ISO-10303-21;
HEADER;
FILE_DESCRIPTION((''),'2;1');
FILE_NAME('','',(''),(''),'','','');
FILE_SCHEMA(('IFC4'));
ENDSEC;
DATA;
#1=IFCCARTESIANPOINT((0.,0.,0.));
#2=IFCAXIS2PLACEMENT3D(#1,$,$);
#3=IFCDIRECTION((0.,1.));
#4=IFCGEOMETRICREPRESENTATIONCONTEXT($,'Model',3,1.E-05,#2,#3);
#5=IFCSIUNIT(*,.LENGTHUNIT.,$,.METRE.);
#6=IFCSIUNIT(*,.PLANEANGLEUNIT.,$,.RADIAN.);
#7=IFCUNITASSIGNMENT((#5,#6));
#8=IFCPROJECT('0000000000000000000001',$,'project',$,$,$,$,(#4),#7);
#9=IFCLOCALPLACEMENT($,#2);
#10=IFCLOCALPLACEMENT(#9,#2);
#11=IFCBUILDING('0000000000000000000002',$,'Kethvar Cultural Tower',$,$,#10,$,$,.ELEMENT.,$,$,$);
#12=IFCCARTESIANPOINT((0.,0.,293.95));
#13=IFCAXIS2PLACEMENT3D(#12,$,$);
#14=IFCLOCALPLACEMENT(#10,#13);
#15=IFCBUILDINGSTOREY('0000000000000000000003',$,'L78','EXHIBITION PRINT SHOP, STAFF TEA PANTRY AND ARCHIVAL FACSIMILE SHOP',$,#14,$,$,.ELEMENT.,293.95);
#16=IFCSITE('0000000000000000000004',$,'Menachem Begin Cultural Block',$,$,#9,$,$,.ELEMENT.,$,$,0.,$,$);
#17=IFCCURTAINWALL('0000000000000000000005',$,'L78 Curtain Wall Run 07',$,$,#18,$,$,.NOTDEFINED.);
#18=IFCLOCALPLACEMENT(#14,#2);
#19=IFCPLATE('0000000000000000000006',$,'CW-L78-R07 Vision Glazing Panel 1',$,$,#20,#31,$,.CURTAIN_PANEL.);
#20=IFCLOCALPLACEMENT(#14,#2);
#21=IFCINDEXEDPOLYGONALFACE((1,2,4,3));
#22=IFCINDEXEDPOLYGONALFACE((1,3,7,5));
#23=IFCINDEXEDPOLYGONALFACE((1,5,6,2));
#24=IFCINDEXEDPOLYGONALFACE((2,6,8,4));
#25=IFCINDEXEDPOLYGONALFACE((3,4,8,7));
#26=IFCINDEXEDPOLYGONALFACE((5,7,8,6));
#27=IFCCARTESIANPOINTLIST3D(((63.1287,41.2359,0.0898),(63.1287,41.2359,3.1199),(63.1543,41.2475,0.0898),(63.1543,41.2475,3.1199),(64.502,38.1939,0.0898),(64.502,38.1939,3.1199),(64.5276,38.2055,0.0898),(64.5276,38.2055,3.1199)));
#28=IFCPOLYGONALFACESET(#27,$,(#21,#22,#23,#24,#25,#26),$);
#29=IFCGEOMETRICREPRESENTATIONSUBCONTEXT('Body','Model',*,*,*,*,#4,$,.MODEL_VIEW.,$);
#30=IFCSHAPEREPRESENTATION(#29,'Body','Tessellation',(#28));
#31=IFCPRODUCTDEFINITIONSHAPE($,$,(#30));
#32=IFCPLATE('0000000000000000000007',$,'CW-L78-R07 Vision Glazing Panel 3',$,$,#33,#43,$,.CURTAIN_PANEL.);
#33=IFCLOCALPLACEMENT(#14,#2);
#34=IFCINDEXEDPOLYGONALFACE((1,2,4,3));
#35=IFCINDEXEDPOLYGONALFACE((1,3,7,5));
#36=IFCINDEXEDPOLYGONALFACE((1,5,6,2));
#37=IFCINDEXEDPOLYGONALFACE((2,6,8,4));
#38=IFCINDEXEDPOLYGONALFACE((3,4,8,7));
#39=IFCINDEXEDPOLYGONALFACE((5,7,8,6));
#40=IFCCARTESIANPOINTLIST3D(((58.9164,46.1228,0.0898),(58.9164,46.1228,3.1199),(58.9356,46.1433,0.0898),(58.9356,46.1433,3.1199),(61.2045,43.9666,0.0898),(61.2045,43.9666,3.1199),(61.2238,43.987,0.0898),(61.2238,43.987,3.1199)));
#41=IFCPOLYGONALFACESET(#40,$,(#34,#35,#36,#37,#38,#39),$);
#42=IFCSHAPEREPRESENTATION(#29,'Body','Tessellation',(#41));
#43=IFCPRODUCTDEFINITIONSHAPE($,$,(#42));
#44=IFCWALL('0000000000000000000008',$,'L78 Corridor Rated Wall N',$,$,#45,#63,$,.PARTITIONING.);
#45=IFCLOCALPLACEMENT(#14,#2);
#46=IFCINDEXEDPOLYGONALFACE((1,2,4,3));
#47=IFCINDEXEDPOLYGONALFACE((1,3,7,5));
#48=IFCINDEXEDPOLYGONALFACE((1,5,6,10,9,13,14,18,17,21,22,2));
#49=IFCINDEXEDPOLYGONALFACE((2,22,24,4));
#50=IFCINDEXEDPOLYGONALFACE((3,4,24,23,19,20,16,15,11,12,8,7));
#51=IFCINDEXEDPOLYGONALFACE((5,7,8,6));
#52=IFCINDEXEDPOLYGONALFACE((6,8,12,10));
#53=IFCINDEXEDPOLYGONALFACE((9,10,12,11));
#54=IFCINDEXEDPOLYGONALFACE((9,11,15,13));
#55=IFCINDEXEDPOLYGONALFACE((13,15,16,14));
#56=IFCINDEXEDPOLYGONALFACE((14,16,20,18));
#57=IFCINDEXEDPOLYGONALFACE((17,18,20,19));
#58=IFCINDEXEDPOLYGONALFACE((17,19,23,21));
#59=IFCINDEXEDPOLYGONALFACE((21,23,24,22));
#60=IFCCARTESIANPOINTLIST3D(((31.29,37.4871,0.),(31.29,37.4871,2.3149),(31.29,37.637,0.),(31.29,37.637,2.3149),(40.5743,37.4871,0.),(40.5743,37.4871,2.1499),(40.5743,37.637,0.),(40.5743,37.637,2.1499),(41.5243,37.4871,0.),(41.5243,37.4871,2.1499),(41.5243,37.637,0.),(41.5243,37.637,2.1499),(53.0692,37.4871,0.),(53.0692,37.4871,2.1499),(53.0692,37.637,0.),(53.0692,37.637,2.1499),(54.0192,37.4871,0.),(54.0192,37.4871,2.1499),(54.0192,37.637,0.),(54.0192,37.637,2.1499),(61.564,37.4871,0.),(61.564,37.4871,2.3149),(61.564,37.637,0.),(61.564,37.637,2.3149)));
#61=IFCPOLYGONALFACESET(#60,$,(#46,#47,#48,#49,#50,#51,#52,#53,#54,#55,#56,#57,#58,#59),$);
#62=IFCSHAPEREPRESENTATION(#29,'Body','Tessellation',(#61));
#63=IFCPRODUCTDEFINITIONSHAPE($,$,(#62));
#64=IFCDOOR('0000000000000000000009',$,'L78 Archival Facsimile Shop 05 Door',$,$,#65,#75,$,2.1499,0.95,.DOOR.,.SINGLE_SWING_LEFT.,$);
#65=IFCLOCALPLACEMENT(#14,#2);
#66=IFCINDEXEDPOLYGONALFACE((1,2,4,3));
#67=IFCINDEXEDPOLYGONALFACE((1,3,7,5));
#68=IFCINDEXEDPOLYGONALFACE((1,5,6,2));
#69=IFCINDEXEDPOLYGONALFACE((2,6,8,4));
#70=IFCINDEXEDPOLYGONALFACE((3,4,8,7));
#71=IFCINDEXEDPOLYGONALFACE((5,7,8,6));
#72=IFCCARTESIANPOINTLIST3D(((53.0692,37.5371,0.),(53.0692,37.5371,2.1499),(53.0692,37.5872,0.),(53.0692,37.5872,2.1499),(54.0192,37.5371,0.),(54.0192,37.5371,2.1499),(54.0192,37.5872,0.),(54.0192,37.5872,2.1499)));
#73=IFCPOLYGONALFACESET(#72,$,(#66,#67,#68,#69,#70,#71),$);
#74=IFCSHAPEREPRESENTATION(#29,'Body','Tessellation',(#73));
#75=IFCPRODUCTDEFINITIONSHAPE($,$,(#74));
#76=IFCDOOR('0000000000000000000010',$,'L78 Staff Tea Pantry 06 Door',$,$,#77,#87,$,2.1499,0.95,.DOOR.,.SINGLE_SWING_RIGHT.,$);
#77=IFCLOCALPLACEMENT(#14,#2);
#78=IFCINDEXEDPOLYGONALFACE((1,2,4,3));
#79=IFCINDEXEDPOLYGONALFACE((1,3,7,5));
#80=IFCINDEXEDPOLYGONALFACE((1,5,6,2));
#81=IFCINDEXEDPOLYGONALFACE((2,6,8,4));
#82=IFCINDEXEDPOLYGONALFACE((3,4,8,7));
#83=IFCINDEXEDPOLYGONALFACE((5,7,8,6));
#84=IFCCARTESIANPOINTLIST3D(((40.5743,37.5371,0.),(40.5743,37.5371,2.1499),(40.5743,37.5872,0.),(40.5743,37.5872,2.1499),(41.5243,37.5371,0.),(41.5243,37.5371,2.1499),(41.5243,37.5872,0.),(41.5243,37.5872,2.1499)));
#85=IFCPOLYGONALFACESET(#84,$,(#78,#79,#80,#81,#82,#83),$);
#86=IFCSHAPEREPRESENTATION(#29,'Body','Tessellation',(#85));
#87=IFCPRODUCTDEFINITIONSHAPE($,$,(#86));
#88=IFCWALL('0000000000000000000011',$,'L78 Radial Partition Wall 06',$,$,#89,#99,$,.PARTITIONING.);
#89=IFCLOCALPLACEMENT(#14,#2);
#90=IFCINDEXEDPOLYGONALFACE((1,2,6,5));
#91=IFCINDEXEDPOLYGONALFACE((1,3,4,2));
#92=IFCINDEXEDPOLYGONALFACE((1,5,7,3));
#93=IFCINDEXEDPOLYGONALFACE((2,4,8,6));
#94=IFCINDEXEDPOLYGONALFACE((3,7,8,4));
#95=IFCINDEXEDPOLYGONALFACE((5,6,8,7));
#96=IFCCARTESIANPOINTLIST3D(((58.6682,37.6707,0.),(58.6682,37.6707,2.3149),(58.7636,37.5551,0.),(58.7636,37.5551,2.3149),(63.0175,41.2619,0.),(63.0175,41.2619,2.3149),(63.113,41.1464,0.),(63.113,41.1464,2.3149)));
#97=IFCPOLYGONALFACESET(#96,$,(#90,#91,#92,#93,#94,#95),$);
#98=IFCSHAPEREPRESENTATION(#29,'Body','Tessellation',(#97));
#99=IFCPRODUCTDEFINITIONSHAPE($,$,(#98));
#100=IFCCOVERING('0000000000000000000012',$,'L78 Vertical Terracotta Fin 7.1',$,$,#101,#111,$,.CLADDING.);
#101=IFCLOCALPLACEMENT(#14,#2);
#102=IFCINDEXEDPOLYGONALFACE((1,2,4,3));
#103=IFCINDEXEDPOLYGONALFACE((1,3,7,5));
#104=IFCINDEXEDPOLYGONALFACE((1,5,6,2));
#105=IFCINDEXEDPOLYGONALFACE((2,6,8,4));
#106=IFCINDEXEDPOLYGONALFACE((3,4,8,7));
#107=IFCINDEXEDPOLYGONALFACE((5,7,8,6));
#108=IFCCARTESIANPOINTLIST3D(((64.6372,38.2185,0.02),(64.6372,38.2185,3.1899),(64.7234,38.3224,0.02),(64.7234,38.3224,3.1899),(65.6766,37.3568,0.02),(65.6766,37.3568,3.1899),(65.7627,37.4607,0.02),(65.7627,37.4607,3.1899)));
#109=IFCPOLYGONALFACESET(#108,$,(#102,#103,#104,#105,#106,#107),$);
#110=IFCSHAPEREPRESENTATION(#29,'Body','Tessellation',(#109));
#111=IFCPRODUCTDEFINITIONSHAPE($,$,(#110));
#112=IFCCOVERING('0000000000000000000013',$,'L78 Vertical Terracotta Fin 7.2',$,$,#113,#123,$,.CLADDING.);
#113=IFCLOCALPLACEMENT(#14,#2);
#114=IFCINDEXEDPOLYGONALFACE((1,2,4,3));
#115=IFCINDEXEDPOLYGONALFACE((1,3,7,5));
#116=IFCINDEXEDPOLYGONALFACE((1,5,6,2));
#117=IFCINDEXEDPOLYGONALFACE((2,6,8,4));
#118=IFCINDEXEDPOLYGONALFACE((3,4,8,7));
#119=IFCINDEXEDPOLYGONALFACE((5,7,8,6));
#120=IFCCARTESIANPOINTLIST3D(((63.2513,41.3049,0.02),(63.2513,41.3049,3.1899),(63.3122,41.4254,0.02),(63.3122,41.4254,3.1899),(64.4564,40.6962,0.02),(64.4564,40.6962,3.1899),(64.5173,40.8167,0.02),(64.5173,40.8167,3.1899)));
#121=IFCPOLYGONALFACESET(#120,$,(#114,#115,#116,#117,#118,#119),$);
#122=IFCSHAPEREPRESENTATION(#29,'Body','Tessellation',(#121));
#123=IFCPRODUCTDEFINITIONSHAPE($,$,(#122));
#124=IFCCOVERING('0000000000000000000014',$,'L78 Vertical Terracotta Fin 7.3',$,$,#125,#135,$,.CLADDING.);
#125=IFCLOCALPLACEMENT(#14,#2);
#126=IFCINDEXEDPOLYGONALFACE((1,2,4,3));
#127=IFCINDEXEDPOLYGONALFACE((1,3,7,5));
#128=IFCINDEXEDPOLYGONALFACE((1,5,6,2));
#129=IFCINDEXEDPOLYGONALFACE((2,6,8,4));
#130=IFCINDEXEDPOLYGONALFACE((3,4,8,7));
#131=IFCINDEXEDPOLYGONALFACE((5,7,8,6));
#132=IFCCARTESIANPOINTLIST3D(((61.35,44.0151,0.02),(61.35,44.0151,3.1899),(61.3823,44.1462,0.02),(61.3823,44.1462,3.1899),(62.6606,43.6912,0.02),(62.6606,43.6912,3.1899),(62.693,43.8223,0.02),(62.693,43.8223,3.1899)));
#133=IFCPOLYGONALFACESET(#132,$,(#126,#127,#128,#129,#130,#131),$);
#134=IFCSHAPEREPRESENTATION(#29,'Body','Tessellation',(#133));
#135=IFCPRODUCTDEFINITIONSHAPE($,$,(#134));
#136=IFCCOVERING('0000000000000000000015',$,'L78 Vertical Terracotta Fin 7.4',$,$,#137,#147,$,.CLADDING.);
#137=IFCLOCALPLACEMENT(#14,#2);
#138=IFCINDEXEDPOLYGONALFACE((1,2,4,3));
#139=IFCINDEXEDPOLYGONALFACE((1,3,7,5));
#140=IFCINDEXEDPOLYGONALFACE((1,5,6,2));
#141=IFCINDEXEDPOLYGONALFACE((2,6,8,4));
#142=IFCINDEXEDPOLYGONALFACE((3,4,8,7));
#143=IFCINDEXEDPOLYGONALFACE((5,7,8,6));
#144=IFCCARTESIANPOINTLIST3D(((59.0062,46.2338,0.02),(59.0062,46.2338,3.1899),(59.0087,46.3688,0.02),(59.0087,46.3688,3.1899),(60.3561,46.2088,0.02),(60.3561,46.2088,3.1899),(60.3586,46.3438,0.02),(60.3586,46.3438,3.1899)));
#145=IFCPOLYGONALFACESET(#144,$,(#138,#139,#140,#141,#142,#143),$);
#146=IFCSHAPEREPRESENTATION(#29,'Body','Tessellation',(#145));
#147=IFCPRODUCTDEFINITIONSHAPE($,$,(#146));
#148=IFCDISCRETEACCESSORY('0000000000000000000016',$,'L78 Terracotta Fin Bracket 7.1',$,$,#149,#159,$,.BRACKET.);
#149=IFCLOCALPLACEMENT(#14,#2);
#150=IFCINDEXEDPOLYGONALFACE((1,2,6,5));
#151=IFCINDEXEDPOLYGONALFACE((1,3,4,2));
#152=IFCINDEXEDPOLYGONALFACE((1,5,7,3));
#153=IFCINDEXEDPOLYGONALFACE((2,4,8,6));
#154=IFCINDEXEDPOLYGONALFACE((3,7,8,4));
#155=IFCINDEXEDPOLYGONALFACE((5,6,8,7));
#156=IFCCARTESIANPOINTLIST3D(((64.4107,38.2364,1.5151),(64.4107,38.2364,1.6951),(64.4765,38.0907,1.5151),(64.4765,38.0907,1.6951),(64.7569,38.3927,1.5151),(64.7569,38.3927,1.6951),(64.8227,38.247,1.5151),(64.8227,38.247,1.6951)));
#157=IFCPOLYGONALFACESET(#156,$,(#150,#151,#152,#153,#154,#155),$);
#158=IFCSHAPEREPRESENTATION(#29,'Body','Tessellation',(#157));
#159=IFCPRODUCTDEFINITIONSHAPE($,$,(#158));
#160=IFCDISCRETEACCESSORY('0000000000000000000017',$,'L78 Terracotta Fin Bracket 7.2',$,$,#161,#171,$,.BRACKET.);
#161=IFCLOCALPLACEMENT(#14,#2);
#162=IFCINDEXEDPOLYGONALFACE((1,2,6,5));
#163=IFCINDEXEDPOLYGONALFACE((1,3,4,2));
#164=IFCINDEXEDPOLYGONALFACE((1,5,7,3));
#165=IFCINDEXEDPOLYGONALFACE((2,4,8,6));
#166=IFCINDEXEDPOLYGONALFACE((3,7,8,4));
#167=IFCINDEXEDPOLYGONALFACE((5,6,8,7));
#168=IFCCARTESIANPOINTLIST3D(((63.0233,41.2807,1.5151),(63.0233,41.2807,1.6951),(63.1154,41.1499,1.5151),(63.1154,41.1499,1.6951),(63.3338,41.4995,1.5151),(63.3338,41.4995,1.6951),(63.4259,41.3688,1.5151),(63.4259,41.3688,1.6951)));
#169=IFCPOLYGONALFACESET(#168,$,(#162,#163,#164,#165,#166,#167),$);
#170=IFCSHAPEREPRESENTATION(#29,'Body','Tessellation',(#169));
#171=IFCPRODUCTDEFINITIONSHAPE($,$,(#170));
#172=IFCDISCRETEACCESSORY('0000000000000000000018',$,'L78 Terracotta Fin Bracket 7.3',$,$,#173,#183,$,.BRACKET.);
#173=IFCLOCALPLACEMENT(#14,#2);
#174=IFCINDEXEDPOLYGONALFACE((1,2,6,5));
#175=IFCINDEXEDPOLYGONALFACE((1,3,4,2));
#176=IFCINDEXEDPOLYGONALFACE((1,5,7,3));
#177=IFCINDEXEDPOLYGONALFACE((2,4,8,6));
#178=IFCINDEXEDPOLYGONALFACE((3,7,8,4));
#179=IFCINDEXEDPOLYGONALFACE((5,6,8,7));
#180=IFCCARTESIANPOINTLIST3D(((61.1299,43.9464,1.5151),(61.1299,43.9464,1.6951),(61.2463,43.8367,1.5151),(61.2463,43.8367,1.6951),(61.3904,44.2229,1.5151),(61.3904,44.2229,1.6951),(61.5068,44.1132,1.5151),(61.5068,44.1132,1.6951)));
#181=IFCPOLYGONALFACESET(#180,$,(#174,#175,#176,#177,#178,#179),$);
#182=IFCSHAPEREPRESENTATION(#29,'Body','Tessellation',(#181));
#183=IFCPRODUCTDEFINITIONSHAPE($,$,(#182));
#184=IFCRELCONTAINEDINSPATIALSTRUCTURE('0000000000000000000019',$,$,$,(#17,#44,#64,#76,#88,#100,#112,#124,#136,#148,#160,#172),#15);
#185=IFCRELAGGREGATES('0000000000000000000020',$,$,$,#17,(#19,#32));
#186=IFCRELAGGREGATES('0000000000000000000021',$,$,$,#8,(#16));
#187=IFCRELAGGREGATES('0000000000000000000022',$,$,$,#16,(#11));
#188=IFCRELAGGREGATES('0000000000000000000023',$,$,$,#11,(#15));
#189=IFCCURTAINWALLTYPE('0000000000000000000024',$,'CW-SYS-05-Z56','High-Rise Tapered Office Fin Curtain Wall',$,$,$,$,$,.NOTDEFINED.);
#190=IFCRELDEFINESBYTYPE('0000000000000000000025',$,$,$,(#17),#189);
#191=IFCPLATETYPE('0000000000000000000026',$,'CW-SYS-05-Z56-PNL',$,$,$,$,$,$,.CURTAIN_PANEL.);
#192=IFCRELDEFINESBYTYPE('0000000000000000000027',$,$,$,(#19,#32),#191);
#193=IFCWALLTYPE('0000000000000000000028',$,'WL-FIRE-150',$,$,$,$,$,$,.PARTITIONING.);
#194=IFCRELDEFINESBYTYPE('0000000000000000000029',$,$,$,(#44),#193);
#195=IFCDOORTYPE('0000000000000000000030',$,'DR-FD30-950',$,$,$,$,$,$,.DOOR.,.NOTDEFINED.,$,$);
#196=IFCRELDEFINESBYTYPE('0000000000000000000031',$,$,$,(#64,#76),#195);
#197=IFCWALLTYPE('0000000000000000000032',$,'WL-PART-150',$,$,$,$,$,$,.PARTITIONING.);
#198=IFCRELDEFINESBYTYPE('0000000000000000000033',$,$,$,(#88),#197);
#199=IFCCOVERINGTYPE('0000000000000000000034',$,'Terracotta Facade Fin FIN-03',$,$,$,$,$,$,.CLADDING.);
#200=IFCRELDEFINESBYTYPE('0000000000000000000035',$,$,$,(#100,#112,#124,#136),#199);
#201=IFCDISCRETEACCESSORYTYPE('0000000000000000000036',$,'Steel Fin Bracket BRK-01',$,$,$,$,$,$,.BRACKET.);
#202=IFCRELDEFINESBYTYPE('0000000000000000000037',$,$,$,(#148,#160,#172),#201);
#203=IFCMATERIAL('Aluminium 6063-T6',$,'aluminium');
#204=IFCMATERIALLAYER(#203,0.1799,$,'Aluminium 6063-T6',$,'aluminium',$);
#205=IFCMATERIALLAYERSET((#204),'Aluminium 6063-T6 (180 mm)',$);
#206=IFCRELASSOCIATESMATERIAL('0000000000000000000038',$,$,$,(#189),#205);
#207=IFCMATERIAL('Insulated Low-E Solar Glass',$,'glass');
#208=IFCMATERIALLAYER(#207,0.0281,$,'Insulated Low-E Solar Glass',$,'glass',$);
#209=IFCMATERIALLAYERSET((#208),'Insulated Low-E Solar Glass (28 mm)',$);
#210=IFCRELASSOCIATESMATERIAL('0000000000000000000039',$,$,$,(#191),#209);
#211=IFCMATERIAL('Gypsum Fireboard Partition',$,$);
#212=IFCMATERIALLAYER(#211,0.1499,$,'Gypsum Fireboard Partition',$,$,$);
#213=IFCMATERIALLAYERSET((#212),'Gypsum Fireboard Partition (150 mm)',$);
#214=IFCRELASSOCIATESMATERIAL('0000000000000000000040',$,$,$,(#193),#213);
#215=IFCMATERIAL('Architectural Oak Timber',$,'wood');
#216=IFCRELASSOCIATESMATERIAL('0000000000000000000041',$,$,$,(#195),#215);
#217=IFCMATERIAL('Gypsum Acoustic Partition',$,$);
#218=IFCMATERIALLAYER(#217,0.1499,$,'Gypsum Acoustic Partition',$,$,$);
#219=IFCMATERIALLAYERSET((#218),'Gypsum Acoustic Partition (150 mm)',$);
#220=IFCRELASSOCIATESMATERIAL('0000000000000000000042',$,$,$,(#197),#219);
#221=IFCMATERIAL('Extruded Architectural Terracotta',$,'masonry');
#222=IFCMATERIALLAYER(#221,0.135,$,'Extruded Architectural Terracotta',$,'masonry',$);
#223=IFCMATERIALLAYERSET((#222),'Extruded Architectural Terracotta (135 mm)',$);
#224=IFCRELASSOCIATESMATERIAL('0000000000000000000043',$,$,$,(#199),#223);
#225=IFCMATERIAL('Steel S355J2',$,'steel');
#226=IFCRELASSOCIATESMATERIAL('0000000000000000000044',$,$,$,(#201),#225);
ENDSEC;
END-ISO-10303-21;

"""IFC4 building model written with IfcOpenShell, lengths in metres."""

from ifc_helpers import new_model, si_unit, direction, frame, frame_2d, origin, origin_2d, place, context, subcontext, project, spatial, rectangle, extrude, source, transform, mapped, material, layer, layer_set, type_object, element, fill, aggregate, save


model = new_model("IFC4")

# Units and contexts
model_context = context("Model", 3, precision=1e-05, world=origin(), true_north=direction((0.0, 1.0)))
body_context = subcontext(model_context, "Body", "Model", "MODEL_VIEW")
ifc_project = project(units=[si_unit("LENGTHUNIT", "METRE"), si_unit("PLANEANGLEUNIT", "RADIAN")], contexts=[model_context])

# Site, building, storey
site_placement = place(None, origin())
site = spatial("IfcSite", under=ifc_project, at=site_placement, Name="Menachem Begin Cultural Block", CompositionType="ELEMENT", RefElevation=0.0)
building_placement = place(site_placement, origin())
building = spatial("IfcBuilding", under=site, at=building_placement, Name="Kethvar Cultural Tower", CompositionType="ELEMENT")
storey_placement = place(building_placement, frame((0.0, 0.0, 293.95)))
storey = spatial("IfcBuildingStorey", under=building, at=storey_placement, Name="L78", Description="EXHIBITION PRINT SHOP, STAFF TEA PANTRY AND ARCHIVAL FACSIMILE SHOP", CompositionType="ELEMENT", Elevation=293.95)

# Shared definitions
ifc_material_1 = material(Name="Steel S355J2", Category="steel")

# Shared definitions
ifc_material_2 = material(Name="Aluminium 6063-T6", Category="aluminium")
ifc_layer_1 = layer(ifc_material_2, 0.1799, Name="Aluminium 6063-T6", Category="aluminium")
ifc_layer_set_1 = layer_set([ifc_layer_1], Name="Aluminium 6063-T6 (180 mm)")
curtain_wall_type = type_object("IfcCurtainWallType", Name="CW-SYS-05-Z56", Description="High-Rise Tapered Office Fin Curtain Wall", PredefinedType="NOTDEFINED", material=ifc_layer_set_1)

# Curtain wall, plates
curtain_wall_1_placement = place(storey_placement, origin())
curtain_wall_1 = element("IfcCurtainWall", 1, at=curtain_wall_1_placement, inside=storey, type_object=curtain_wall_type, Name="L78 Curtain Wall Run 07", PredefinedType="NOTDEFINED")
ifc_material_3 = material(Name="Insulated Low-E Solar Glass", Category="glass")
ifc_layer_2 = layer(ifc_material_3, 0.0281, Name="Insulated Low-E Solar Glass", Category="glass")
ifc_layer_set_2 = layer_set([ifc_layer_2], Name="Insulated Low-E Solar Glass (28 mm)")
plate_type = type_object("IfcPlateType", Name="CW-SYS-05-Z56-PNL", PredefinedType="CURTAIN_PANEL", material=ifc_layer_set_2)
shared_shape_1 = source(origin(), body_context, "Body", "SweptSolid", [
    extrude(rectangle(XDim=3.3376, YDim=0.0281, at=origin_2d()), origin(), (0.0, 0.0, 1.0), 3.03),
])
plate_1_placement = place(storey_placement, frame((63.8281, 39.7207, 0.0898), z_axis=(0.0, 0.0, 1.0), x_axis=(-0.411467, 0.911425, 0.0)))
plate_1 = element("IfcPlate", 2, at=plate_1_placement, type_object=plate_type, Name="CW-L78-R07 Vision Glazing Panel 1", PredefinedType="CURTAIN_PANEL", context=body_context, shape_type="MappedRepresentation", body=[
    mapped(shared_shape_1, transform((0.0, 0.0, 0.0), scale=1.0)),
])
shared_shape_2 = source(origin(), body_context, "Body", "SweptSolid", [
    extrude(rectangle(XDim=3.144, YDim=0.0281, at=origin_2d()), origin(), (0.0, 0.0, 1.0), 3.03),
])
plate_2_placement = place(storey_placement, frame((60.0701, 45.0549, 0.0898), z_axis=(0.0, 0.0, 1.0), x_axis=(-0.727773, 0.685818, 0.0)))
plate_2 = element("IfcPlate", 3, at=plate_2_placement, type_object=plate_type, Name="CW-L78-R07 Vision Glazing Panel 3", PredefinedType="CURTAIN_PANEL", context=body_context, shape_type="MappedRepresentation", body=[
    mapped(shared_shape_2, transform((0.0, 0.0, 0.0), scale=1.0)),
])
aggregate(curtain_wall_1, [plate_1, plate_2])

# Wall, openings, doors
ifc_material_4 = material(Name="Gypsum Fireboard Partition")
ifc_layer_3 = layer(ifc_material_4, 0.1499, Name="Gypsum Fireboard Partition")
ifc_layer_set_3 = layer_set([ifc_layer_3], Name="Gypsum Fireboard Partition (150 mm)")
wall_type_1 = type_object("IfcWallType", Name="WL-FIRE-150", PredefinedType="PARTITIONING", material=ifc_layer_set_3)
wall_1_placement = place(storey_placement, frame((61.564, 37.562, 0.0), z_axis=(0.0, 0.0, 1.0), x_axis=(-1.0, 0.0, 0.0)))
wall_1 = element("IfcWall", 4, at=wall_1_placement, inside=storey, type_object=wall_type_1, Name="L78 Corridor Rated Wall N", PredefinedType="PARTITIONING", context=body_context, shape_type="SweptSolid", body=[
    extrude(rectangle(XDim=30.2739, YDim=0.1499, at=frame_2d((15.137, 0.0))), origin(), (0.0, 0.0, 1.0), 2.3149),
])
opening_1_placement = place(wall_1_placement, frame((7.5447, 0.0, 0.0)))
opening_1 = element("IfcOpeningElement", 5, at=opening_1_placement, cuts=wall_1, PredefinedType="OPENING", context=body_context, shape_type="SweptSolid", body=[
    extrude(rectangle(XDim=0.95, YDim=2.1499, at=frame_2d((0.4751, 1.075))), frame((0.0, 0.085, 0.0), z_axis=(0.0, -1.0, 0.0), x_axis=(1.0, 0.0, 0.0)), (0.0, 0.0, 1.0), 0.1699),
])
opening_2_placement = place(wall_1_placement, frame((20.0396, 0.0, 0.0)))
opening_2 = element("IfcOpeningElement", 6, at=opening_2_placement, cuts=wall_1, PredefinedType="OPENING", context=body_context, shape_type="SweptSolid", body=[
    extrude(rectangle(XDim=0.95, YDim=2.1499, at=frame_2d((0.4751, 1.075))), frame((0.0, 0.085, 0.0), z_axis=(0.0, -1.0, 0.0), x_axis=(1.0, 0.0, 0.0)), (0.0, 0.0, 1.0), 0.1699),
])
ifc_material_5 = material(Name="Architectural Oak Timber", Category="wood")
door_type = type_object("IfcDoorType", Name="DR-FD30-950", OperationType="NOTDEFINED", PredefinedType="DOOR", material=ifc_material_5)
shared_shape_3 = source(origin(), body_context, "Body", "SweptSolid", [
    extrude(rectangle(XDim=0.95, YDim=2.1499, at=frame_2d((0.4751, 1.075))), frame((0.0, 0.0249, 0.0), z_axis=(0.0, -1.0, 0.0), x_axis=(1.0, 0.0, 0.0)), (0.0, 0.0, 1.0), 0.05),
])
door_1_placement = place(opening_1_placement, origin())
door_1 = element("IfcDoor", 7, at=door_1_placement, inside=storey, type_object=door_type, Name="L78 Archival Facsimile Shop 05 Door", OperationType="SINGLE_SWING_LEFT", OverallHeight=2.1499, OverallWidth=0.95, PredefinedType="DOOR", context=body_context, shape_type="MappedRepresentation", body=[
    mapped(shared_shape_3, transform((0.0, 0.0, 0.0), scale=1.0)),
])
fill(opening_1, door_1)
door_2_placement = place(opening_2_placement, origin())
door_2 = element("IfcDoor", 8, at=door_2_placement, inside=storey, type_object=door_type, Name="L78 Staff Tea Pantry 06 Door", OperationType="SINGLE_SWING_RIGHT", OverallHeight=2.1499, OverallWidth=0.95, PredefinedType="DOOR", context=body_context, shape_type="MappedRepresentation", body=[
    mapped(shared_shape_3, transform((0.0, 0.0, 0.0), scale=1.0)),
])
fill(opening_2, door_2)

# Wall
ifc_material_6 = material(Name="Gypsum Acoustic Partition")
ifc_layer_4 = layer(ifc_material_6, 0.1499, Name="Gypsum Acoustic Partition")
ifc_layer_set_4 = layer_set([ifc_layer_4], Name="Gypsum Acoustic Partition (150 mm)")
wall_type_2 = type_object("IfcWallType", Name="WL-PART-150", PredefinedType="PARTITIONING", material=ifc_layer_set_4)
wall_2_placement = place(storey_placement, frame((58.7158, 37.6128, 0.0), z_axis=(0.0, 0.0, 1.0), x_axis=(0.771105, 0.636708, 0.0)))
element("IfcWall", 9, at=wall_2_placement, inside=storey, type_object=wall_type_2, Name="L78 Radial Partition Wall 06", PredefinedType="PARTITIONING", context=body_context, shape_type="SweptSolid", body=[
    extrude(rectangle(XDim=5.6404, YDim=0.1499, at=frame_2d((2.8203, 0.0))), origin(), (0.0, 0.0, 1.0), 2.3149),
])

# Coverings
ifc_material_7 = material(Name="Extruded Architectural Terracotta", Category="masonry")
ifc_layer_5 = layer(ifc_material_7, 0.135, Name="Extruded Architectural Terracotta", Category="masonry")
ifc_layer_set_5 = layer_set([ifc_layer_5], Name="Extruded Architectural Terracotta (135 mm)")
covering_type = type_object("IfcCoveringType", Name="Terracotta Facade Fin FIN-03", PredefinedType="CLADDING", material=ifc_layer_set_5)
shared_shape_4 = source(origin(), body_context, "Body", "SweptSolid", [
    extrude(rectangle(XDim=1.3501, YDim=0.135, at=origin_2d()), origin(), (0.0, 0.0, 1.0), 3.1699),
])
for number, where, z_axis, x_axis, name in (
    (10, (65.2, 37.8396, 0.02), (0.0, 0.0, 1.0), (0.769845, -0.638231, 0.0), "L78 Vertical Terracotta Fin 7.1"),
    (11, (63.8843, 41.0608, 0.02), (0.0, 0.0, 1.0), (0.892586, -0.450878, 0.0), "L78 Vertical Terracotta Fin 7.2"),
    (12, (62.0215, 43.9187, 0.02), (0.0, 0.0, 1.0), (0.9708, -0.239889, 0.0), "L78 Vertical Terracotta Fin 7.3"),
    (13, (59.6824, 46.2888, 0.02), (0.0, 0.0, 1.0), (0.999829, -0.018499, 0.0), "L78 Vertical Terracotta Fin 7.4"),
):
    element("IfcCovering", number, at=place(storey_placement, frame(where, z_axis=z_axis, x_axis=x_axis)), inside=storey, type_object=covering_type, Name=name, PredefinedType="CLADDING", context=body_context, shape_type="MappedRepresentation", body=[
        mapped(shared_shape_4, transform((0.0, 0.0, 0.0), scale=1.0)),
    ])

# Discrete accessories
discrete_accessory_type = type_object("IfcDiscreteAccessoryType", Name="Steel Fin Bracket BRK-01", PredefinedType="BRACKET", material=ifc_material_1)
shared_shape_5 = source(origin(), body_context, "Body", "SweptSolid", [
    extrude(rectangle(XDim=0.3799, YDim=0.1599, at=origin_2d()), origin(), (0.0, 0.0, 1.0), 0.1799),
])
for number, where, z_axis, x_axis, name in (
    (14, (64.6167, 38.2417, 1.5151), (0.0, 0.0, 1.0), (0.911403, 0.411514, 0.0), "L78 Terracotta Fin Bracket 7.1"),
    (15, (63.2246, 41.3247, 1.5151), (0.0, 0.0, 1.0), (0.817447, 0.576004, 0.0), "L78 Terracotta Fin Bracket 7.2"),
    (16, (61.3184, 44.0298, 1.5151), (0.0, 0.0, 1.0), (0.685818, 0.727773, 0.0), "L78 Terracotta Fin Bracket 7.3"),
):
    element("IfcDiscreteAccessory", number, at=place(storey_placement, frame(where, z_axis=z_axis, x_axis=x_axis)), inside=storey, type_object=discrete_accessory_type, Name=name, PredefinedType="BRACKET", context=body_context, shape_type="MappedRepresentation", body=[
        mapped(shared_shape_5, transform((0.0, 0.0, 0.0), scale=1.0)),
    ])

save(model, "model.ifc")
